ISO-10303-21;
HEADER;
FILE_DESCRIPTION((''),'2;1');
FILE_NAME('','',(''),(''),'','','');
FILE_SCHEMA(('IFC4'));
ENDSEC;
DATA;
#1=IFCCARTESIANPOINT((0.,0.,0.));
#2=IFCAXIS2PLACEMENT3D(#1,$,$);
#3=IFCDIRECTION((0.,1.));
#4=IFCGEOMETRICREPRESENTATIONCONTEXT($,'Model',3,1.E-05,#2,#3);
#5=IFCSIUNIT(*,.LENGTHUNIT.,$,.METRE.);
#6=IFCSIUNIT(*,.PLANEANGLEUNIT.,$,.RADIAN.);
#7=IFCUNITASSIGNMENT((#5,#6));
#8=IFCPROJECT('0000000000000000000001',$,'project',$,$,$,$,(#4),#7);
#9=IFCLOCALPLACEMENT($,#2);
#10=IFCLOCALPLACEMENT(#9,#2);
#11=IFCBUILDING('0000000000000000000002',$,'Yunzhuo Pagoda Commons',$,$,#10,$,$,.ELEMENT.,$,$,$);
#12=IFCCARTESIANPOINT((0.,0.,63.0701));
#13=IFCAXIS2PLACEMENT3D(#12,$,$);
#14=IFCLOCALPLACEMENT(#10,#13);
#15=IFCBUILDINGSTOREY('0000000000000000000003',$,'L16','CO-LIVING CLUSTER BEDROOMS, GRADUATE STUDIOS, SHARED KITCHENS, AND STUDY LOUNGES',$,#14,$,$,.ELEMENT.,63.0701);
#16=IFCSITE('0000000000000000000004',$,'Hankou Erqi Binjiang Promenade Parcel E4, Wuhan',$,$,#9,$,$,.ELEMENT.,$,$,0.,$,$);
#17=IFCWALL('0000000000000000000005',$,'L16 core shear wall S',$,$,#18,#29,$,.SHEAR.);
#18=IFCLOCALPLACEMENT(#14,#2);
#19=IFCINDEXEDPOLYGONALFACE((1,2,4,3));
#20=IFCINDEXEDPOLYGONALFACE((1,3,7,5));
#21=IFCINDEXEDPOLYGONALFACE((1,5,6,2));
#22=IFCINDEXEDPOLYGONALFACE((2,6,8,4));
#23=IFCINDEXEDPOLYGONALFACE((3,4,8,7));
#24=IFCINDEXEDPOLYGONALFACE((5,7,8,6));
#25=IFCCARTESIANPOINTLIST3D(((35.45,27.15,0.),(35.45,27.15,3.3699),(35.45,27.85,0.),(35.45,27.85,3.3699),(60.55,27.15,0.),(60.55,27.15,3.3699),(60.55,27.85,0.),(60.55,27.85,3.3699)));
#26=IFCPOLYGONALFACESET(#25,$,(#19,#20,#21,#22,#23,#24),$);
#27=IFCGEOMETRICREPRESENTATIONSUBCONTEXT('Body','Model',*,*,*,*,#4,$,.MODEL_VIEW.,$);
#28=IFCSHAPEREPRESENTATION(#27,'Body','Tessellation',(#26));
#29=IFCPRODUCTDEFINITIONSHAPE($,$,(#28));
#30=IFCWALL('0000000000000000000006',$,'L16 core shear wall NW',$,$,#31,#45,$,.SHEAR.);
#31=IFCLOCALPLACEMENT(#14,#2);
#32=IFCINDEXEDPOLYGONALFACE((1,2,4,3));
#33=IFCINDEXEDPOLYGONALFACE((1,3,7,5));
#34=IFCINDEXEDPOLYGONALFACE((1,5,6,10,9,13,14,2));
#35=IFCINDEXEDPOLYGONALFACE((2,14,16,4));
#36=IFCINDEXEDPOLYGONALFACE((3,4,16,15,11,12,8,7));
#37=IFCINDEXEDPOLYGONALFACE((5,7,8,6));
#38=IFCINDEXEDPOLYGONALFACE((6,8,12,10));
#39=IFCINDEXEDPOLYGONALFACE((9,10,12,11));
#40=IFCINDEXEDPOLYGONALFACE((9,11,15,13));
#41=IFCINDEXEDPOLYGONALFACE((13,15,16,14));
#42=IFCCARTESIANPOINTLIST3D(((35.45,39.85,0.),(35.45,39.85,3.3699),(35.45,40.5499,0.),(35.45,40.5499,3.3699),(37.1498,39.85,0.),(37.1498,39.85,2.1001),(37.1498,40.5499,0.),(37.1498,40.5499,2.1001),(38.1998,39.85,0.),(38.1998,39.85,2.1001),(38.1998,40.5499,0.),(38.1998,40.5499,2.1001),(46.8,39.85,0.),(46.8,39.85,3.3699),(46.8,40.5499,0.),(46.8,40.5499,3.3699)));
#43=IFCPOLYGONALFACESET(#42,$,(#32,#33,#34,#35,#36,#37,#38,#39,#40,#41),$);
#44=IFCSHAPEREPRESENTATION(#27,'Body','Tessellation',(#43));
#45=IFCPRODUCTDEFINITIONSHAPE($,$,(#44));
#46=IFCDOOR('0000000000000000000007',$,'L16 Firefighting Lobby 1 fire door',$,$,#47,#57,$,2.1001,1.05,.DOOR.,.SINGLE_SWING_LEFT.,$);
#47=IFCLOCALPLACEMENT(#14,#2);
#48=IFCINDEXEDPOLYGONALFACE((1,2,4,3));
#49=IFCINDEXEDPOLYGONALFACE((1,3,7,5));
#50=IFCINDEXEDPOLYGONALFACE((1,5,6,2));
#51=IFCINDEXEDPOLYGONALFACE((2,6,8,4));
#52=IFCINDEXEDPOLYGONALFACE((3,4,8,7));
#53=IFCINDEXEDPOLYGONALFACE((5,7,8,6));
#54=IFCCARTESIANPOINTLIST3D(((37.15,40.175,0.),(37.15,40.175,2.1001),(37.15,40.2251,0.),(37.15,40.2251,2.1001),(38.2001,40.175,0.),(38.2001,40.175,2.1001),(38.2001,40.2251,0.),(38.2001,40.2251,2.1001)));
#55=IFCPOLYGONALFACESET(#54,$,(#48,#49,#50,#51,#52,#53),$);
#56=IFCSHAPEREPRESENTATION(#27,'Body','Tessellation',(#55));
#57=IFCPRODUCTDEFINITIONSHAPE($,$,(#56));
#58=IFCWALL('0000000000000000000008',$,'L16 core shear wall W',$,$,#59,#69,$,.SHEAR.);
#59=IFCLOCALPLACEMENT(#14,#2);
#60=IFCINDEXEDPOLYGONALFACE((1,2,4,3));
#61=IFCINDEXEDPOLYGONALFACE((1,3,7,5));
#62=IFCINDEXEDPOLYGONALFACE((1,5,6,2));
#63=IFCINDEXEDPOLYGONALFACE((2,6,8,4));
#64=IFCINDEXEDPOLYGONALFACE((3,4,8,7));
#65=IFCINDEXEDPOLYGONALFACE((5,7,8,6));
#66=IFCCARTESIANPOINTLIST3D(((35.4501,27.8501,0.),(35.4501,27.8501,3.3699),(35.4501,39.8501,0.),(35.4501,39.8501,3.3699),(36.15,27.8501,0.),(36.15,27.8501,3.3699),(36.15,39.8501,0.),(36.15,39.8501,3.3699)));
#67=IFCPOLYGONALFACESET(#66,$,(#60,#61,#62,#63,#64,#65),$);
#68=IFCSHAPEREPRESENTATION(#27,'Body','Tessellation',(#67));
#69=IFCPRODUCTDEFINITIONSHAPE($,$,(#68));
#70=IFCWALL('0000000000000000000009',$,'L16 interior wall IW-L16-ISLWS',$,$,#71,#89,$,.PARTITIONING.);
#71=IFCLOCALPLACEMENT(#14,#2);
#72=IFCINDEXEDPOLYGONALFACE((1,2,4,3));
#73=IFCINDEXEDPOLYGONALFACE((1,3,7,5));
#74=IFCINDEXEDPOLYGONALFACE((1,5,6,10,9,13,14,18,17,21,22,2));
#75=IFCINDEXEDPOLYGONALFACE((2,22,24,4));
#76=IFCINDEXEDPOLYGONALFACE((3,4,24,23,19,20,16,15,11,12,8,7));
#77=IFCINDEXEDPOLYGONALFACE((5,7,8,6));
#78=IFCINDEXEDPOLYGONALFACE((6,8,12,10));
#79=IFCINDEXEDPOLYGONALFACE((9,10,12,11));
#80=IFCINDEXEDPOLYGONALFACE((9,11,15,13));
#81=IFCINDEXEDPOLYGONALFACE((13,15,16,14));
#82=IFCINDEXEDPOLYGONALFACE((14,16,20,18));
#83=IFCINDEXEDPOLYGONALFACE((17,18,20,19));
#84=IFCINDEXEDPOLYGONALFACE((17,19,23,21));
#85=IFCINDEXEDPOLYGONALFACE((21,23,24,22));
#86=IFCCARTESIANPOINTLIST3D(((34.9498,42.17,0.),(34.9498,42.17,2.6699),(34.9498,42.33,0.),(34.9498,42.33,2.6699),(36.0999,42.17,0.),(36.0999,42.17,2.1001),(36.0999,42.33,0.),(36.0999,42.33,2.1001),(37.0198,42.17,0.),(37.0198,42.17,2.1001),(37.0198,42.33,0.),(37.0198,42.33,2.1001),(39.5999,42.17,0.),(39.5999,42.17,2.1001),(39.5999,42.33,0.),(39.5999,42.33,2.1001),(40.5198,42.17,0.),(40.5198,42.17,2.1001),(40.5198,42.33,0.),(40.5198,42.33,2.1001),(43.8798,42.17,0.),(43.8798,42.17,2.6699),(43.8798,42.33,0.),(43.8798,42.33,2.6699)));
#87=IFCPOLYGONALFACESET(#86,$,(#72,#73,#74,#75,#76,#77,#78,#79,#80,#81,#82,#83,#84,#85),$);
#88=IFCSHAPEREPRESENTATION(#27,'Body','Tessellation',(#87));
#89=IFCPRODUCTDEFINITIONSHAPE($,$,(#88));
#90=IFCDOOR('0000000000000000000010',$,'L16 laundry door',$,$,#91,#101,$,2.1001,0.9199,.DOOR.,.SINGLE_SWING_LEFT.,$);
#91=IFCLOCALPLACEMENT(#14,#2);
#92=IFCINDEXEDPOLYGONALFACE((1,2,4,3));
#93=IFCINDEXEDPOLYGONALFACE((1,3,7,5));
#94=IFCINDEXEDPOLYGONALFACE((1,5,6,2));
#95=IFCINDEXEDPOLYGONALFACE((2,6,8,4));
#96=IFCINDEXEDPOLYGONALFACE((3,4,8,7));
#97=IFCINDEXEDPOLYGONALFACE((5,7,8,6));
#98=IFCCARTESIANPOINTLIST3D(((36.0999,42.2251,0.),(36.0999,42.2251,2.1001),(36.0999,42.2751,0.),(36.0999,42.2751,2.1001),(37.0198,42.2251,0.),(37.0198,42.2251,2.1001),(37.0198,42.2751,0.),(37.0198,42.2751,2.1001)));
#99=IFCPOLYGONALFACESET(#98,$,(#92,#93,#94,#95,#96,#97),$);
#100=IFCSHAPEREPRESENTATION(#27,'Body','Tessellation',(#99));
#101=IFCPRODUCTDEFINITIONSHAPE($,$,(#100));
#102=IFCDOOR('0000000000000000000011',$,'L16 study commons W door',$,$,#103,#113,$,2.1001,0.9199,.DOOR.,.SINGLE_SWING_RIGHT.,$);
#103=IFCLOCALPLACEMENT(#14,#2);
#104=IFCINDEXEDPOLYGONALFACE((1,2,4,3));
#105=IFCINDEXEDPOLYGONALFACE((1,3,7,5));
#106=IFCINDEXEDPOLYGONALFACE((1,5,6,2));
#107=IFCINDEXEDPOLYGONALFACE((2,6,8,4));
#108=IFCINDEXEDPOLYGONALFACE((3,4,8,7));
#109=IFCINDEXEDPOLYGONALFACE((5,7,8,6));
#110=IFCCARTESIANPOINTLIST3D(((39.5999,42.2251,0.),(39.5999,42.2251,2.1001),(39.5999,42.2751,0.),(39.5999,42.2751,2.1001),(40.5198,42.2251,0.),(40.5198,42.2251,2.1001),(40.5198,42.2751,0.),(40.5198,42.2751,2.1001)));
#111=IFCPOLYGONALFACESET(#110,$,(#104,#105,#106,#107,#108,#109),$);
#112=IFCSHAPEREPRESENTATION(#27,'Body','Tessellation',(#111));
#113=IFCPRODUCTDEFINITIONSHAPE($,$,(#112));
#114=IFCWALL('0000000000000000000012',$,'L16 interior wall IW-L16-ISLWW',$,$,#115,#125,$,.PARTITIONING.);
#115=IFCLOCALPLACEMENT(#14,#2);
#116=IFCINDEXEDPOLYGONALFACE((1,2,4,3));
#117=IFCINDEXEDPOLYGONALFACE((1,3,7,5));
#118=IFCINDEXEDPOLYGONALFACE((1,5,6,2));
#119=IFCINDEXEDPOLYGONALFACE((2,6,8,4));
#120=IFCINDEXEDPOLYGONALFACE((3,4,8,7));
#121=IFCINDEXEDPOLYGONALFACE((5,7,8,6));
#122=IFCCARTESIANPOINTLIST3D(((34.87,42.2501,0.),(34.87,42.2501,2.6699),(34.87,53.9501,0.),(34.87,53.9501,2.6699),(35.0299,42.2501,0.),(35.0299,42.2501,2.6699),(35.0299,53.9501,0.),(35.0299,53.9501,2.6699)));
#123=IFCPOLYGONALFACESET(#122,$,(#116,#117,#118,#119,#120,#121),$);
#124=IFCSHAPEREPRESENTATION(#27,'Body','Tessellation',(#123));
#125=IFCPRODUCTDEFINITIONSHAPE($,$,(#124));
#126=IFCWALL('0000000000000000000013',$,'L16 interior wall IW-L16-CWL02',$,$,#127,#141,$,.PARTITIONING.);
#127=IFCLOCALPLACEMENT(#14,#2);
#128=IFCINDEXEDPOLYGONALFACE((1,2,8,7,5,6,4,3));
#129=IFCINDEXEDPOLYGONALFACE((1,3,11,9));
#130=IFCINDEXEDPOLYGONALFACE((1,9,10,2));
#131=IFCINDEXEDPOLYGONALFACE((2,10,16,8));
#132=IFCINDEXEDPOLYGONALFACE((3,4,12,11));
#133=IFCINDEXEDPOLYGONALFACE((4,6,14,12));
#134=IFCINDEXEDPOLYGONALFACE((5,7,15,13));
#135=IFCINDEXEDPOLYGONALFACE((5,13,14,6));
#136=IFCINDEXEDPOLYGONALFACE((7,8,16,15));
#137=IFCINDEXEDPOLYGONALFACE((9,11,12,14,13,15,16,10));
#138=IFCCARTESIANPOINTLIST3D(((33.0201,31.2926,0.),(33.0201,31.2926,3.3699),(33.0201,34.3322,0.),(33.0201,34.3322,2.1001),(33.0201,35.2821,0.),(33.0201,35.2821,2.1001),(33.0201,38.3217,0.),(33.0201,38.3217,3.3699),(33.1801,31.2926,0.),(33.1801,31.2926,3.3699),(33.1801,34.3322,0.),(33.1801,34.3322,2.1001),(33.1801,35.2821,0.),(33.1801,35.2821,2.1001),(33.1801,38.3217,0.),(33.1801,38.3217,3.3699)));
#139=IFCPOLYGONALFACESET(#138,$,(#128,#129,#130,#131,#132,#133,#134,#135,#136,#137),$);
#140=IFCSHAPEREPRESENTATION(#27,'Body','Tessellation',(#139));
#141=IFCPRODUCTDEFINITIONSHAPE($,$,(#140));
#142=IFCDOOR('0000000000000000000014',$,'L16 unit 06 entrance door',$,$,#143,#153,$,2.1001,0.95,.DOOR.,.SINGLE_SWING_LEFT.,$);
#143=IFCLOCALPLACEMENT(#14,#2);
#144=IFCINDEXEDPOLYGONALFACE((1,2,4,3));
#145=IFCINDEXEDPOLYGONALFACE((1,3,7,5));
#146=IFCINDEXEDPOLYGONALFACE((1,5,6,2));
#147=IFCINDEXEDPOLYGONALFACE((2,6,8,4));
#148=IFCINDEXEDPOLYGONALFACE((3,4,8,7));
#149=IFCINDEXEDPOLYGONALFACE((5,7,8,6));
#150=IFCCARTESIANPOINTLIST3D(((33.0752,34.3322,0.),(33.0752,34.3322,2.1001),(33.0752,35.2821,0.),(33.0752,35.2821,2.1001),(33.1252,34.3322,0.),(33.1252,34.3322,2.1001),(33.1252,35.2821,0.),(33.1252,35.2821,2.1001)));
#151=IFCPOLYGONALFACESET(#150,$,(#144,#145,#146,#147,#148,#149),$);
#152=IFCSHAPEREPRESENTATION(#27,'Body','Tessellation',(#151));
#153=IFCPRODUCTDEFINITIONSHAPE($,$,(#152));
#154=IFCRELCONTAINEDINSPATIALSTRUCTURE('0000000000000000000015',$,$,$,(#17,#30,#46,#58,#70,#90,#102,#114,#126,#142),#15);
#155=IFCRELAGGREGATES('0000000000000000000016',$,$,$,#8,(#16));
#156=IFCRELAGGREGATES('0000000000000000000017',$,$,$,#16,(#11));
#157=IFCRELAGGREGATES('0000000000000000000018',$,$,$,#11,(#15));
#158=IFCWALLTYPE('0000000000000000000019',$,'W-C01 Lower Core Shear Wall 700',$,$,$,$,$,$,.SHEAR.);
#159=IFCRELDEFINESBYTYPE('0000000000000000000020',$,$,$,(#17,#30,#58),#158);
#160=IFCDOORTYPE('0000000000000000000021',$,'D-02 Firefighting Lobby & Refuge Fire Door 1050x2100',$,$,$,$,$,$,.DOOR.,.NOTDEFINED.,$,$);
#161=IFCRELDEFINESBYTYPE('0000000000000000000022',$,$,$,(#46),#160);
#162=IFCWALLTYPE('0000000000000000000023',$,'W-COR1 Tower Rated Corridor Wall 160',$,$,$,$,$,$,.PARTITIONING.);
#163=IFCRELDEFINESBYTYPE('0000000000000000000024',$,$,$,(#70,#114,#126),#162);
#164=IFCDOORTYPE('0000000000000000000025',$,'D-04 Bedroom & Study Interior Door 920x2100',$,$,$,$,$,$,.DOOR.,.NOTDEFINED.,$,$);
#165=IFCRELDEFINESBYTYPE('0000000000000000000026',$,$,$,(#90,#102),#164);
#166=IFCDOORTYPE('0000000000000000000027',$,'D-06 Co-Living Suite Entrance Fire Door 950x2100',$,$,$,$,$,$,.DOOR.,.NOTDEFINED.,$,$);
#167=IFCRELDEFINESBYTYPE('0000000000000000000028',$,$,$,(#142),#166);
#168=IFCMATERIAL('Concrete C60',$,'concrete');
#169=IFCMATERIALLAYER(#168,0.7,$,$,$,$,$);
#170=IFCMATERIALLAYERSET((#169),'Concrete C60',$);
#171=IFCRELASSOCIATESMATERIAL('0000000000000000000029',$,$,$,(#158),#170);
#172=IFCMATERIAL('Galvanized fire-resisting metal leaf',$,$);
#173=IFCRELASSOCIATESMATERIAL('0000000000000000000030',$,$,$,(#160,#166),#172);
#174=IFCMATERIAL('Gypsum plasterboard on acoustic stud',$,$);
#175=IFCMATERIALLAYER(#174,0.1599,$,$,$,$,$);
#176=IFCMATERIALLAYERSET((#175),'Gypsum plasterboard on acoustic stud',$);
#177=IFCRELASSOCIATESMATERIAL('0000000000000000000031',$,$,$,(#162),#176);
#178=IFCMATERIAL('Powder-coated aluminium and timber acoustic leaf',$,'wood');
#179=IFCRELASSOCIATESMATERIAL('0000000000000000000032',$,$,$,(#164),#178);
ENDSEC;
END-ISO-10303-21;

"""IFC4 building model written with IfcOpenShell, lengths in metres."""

from ifc_helpers import new_model, si_unit, direction, frame, frame_2d, origin, origin_with_axes, place, context, subcontext, project, spatial, rectangle, extrude, source, transform, mapped, material, layer, layer_set, type_object, element, fill, save


model = new_model("IFC4")

# Units and contexts
model_context = context("Model", 3, precision=1e-05, world=origin(), true_north=direction((0.0, 1.0)))
body_context = subcontext(model_context, "Body", "Model", "MODEL_VIEW")
ifc_project = project(units=[si_unit("LENGTHUNIT", "METRE"), si_unit("PLANEANGLEUNIT", "RADIAN")], contexts=[model_context])

# Site, building, storey
site_placement = place(None, origin())
site = spatial("IfcSite", under=ifc_project, at=site_placement, Name="Hankou Erqi Binjiang Promenade Parcel E4, Wuhan", CompositionType="ELEMENT", RefElevation=0.0)
building_placement = place(site_placement, origin())
building = spatial("IfcBuilding", under=site, at=building_placement, Name="Yunzhuo Pagoda Commons", CompositionType="ELEMENT")
storey_placement = place(building_placement, frame((0.0, 0.0, 63.0701)))
storey = spatial("IfcBuildingStorey", under=building, at=storey_placement, Name="L16", Description="CO-LIVING CLUSTER BEDROOMS, GRADUATE STUDIOS, SHARED KITCHENS, AND STUDY LOUNGES", CompositionType="ELEMENT", Elevation=63.0701)

# Wall
ifc_material_1 = material(Name="Concrete C60", Category="concrete")
ifc_layer_1 = layer(ifc_material_1, 0.7)
ifc_layer_set_1 = layer_set([ifc_layer_1], Name="Concrete C60")
wall_type_1 = type_object("IfcWallType", Name="W-C01 Lower Core Shear Wall 700", PredefinedType="SHEAR", material=ifc_layer_set_1)
wall_1_placement = place(storey_placement, frame((35.45, 27.5, 0.0), z_axis=(0.0, 0.0, 1.0), x_axis=(1.0, 0.0, 0.0)))
element("IfcWall", 1, at=wall_1_placement, inside=storey, type_object=wall_type_1, Name="L16 core shear wall S", PredefinedType="SHEAR", context=body_context, shape_type="SweptSolid", body=[
    extrude(rectangle(XDim=25.1001, YDim=0.7, at=frame_2d((12.55, 0.0))), origin(), (0.0, 0.0, 1.0), 3.3699),
])

# Wall, opening, door
wall_2_placement = place(storey_placement, frame((35.45, 40.2, 0.0), z_axis=(0.0, 0.0, 1.0), x_axis=(1.0, 0.0, 0.0)))
wall_2 = element("IfcWall", 2, at=wall_2_placement, inside=storey, type_object=wall_type_1, Name="L16 core shear wall NW", PredefinedType="SHEAR", context=body_context, shape_type="SweptSolid", body=[
    extrude(rectangle(XDim=11.3501, YDim=0.7, at=frame_2d((5.675, 0.0))), origin(), (0.0, 0.0, 1.0), 3.3699),
])
opening_1_placement = place(wall_2_placement, frame((1.7, 0.0, 0.0)))
opening_1 = element("IfcOpeningElement", 3, at=opening_1_placement, cuts=wall_2, PredefinedType="OPENING", context=body_context, shape_type="SweptSolid", body=[
    extrude(rectangle(XDim=1.05, YDim=2.1001, at=frame_2d((0.5249, 1.05))), frame((0.0, 0.3599, 0.0), z_axis=(0.0, -1.0, 0.0), x_axis=(1.0, 0.0, 0.0)), (0.0, 0.0, 1.0), 0.72),
])
ifc_material_2 = material(Name="Galvanized fire-resisting metal leaf")
door_type_1 = type_object("IfcDoorType", Name="D-02 Firefighting Lobby & Refuge Fire Door 1050x2100", OperationType="NOTDEFINED", PredefinedType="DOOR", material=ifc_material_2)
shared_shape_1 = source(origin(), body_context, "Body", "SweptSolid", [
    extrude(rectangle(XDim=1.05, YDim=2.1001, at=frame_2d((0.5249, 1.05))), frame((0.0, 0.0249, 0.0), z_axis=(0.0, -1.0, 0.0), x_axis=(1.0, 0.0, 0.0)), (0.0, 0.0, 1.0), 0.05),
])
door_1_placement = place(opening_1_placement, frame((1.05, 0.0, 0.0), z_axis=(0.0, 0.0, 1.0), x_axis=(-1.0, 0.0, 0.0)))
door_1 = element("IfcDoor", 4, at=door_1_placement, inside=storey, type_object=door_type_1, Name="L16 Firefighting Lobby 1 fire door", OperationType="SINGLE_SWING_LEFT", OverallHeight=2.1001, OverallWidth=1.05, PredefinedType="DOOR", context=body_context, shape_type="MappedRepresentation", body=[
    mapped(shared_shape_1, transform((0.0, 0.0, 0.0), scale=1.0)),
])
fill(opening_1, door_1)

# Wall
wall_3_placement = place(storey_placement, frame((35.8, 27.8501, 0.0), z_axis=(0.0, 0.0, 1.0), x_axis=(0.0, 1.0, 0.0)))
element("IfcWall", 5, at=wall_3_placement, inside=storey, type_object=wall_type_1, Name="L16 core shear wall W", PredefinedType="SHEAR", context=body_context, shape_type="SweptSolid", body=[
    extrude(rectangle(XDim=12.0, YDim=0.7, at=frame_2d((6.0, 0.0))), origin(), (0.0, 0.0, 1.0), 3.3699),
])

# Wall, openings, doors
ifc_material_3 = material(Name="Gypsum plasterboard on acoustic stud")
ifc_layer_2 = layer(ifc_material_3, 0.1599)
ifc_layer_set_2 = layer_set([ifc_layer_2], Name="Gypsum plasterboard on acoustic stud")
wall_type_2 = type_object("IfcWallType", Name="W-COR1 Tower Rated Corridor Wall 160", PredefinedType="PARTITIONING", material=ifc_layer_set_2)
wall_4_placement = place(storey_placement, frame((34.95, 42.25, 0.0), z_axis=(0.0, 0.0, 1.0), x_axis=(1.0, 0.0, 0.0)))
wall_4 = element("IfcWall", 6, at=wall_4_placement, inside=storey, type_object=wall_type_2, Name="L16 interior wall IW-L16-ISLWS", PredefinedType="PARTITIONING", context=body_context, shape_type="SweptSolid", body=[
    extrude(rectangle(XDim=8.9299, YDim=0.1599, at=frame_2d((4.4648, 0.0))), origin(), (0.0, 0.0, 1.0), 2.6699),
])
opening_2_placement = place(wall_4_placement, frame((1.1499, 0.0, 0.0)))
opening_2 = element("IfcOpeningElement", 7, at=opening_2_placement, cuts=wall_4, PredefinedType="OPENING", context=body_context, shape_type="SweptSolid", body=[
    extrude(rectangle(XDim=0.9199, YDim=2.1001, at=frame_2d((0.46, 1.05))), frame((0.0, 0.0898, 0.0), z_axis=(0.0, -1.0, 0.0), x_axis=(1.0, 0.0, 0.0)), (0.0, 0.0, 1.0), 0.1799),
])
opening_3_placement = place(wall_4_placement, frame((4.6499, 0.0, 0.0)))
opening_3 = element("IfcOpeningElement", 8, at=opening_3_placement, cuts=wall_4, PredefinedType="OPENING", context=body_context, shape_type="SweptSolid", body=[
    extrude(rectangle(XDim=0.9199, YDim=2.1001, at=frame_2d((0.46, 1.05))), frame((0.0, 0.0898, 0.0), z_axis=(0.0, -1.0, 0.0), x_axis=(1.0, 0.0, 0.0)), (0.0, 0.0, 1.0), 0.1799),
])
ifc_material_4 = material(Name="Powder-coated aluminium and timber acoustic leaf", Category="wood")
door_type_2 = type_object("IfcDoorType", Name="D-04 Bedroom & Study Interior Door 920x2100", OperationType="NOTDEFINED", PredefinedType="DOOR", material=ifc_material_4)
shared_shape_2 = source(origin(), body_context, "Body", "SweptSolid", [
    extrude(rectangle(XDim=0.9199, YDim=2.1001, at=frame_2d((0.46, 1.05))), frame((0.0, 0.0249, 0.0), z_axis=(0.0, -1.0, 0.0), x_axis=(1.0, 0.0, 0.0)), (0.0, 0.0, 1.0), 0.05),
])
door_2_placement = place(opening_2_placement, frame((0.9199, 0.0, 0.0), z_axis=(0.0, 0.0, 1.0), x_axis=(-1.0, 0.0, 0.0)))
door_2 = element("IfcDoor", 9, at=door_2_placement, inside=storey, type_object=door_type_2, Name="L16 laundry door", OperationType="SINGLE_SWING_LEFT", OverallHeight=2.1001, OverallWidth=0.9199, PredefinedType="DOOR", context=body_context, shape_type="MappedRepresentation", body=[
    mapped(shared_shape_2, transform((0.0, 0.0, 0.0), scale=1.0)),
])
fill(opening_2, door_2)
door_3_placement = place(opening_3_placement, frame((0.9199, 0.0, 0.0), z_axis=(0.0, 0.0, 1.0), x_axis=(-1.0, 0.0, 0.0)))
door_3 = element("IfcDoor", 10, at=door_3_placement, inside=storey, type_object=door_type_2, Name="L16 study commons W door", OperationType="SINGLE_SWING_RIGHT", OverallHeight=2.1001, OverallWidth=0.9199, PredefinedType="DOOR", context=body_context, shape_type="MappedRepresentation", body=[
    mapped(shared_shape_2, transform((0.0, 0.0, 0.0), scale=1.0)),
])
fill(opening_3, door_3)

# Wall
wall_5_placement = place(storey_placement, frame((34.95, 42.25, 0.0), z_axis=(0.0, 0.0, 1.0), x_axis=(0.0, 1.0, 0.0)))
element("IfcWall", 11, at=wall_5_placement, inside=storey, type_object=wall_type_2, Name="L16 interior wall IW-L16-ISLWW", PredefinedType="PARTITIONING", context=body_context, shape_type="SweptSolid", body=[
    extrude(rectangle(XDim=11.7, YDim=0.1599, at=frame_2d((5.8501, 0.0))), origin(), (0.0, 0.0, 1.0), 2.6699),
])

# Wall, opening, door
wall_6_placement = place(storey_placement, frame((33.1001, 31.2925, 0.0), z_axis=(0.0, 0.0, 1.0), x_axis=(0.0, 1.0, 0.0)))
wall_6 = element("IfcWall", 12, at=wall_6_placement, inside=storey, type_object=wall_type_2, Name="L16 interior wall IW-L16-CWL02", PredefinedType="PARTITIONING", context=body_context, shape_type="SweptSolid", body=[
    extrude(rectangle(XDim=7.0291, YDim=0.1599, at=frame_2d((3.5146, 0.0))), origin(), (0.0, 0.0, 1.0), 3.3699),
])
opening_4_placement = place(wall_6_placement, frame((3.0396, 0.0, 0.0)))
opening_4 = element("IfcOpeningElement", 13, at=opening_4_placement, cuts=wall_6, PredefinedType="OPENING", context=body_context, shape_type="SweptSolid", body=[
    extrude(rectangle(XDim=0.95, YDim=2.1001, at=frame_2d((0.4751, 1.05))), frame((0.0, 0.0898, 0.0), z_axis=(0.0, -1.0, 0.0), x_axis=(1.0, 0.0, 0.0)), (0.0, 0.0, 1.0), 0.1799),
])
door_type_3 = type_object("IfcDoorType", Name="D-06 Co-Living Suite Entrance Fire Door 950x2100", OperationType="NOTDEFINED", PredefinedType="DOOR", material=ifc_material_2)
shared_shape_3 = source(origin(), body_context, "Body", "SweptSolid", [
    extrude(rectangle(XDim=0.95, YDim=2.1001, at=frame_2d((0.4751, 1.05))), frame((0.0, 0.0249, 0.0), z_axis=(0.0, -1.0, 0.0), x_axis=(1.0, 0.0, 0.0)), (0.0, 0.0, 1.0), 0.05),
])
door_4_placement = place(opening_4_placement, origin_with_axes())
door_4 = element("IfcDoor", 14, at=door_4_placement, inside=storey, type_object=door_type_3, Name="L16 unit 06 entrance door", OperationType="SINGLE_SWING_LEFT", OverallHeight=2.1001, OverallWidth=0.95, PredefinedType="DOOR", context=body_context, shape_type="MappedRepresentation", body=[
    mapped(shared_shape_3, transform((0.0, 0.0, 0.0), scale=1.0)),
])
fill(opening_4, door_4)

save(model, "model.ifc")
